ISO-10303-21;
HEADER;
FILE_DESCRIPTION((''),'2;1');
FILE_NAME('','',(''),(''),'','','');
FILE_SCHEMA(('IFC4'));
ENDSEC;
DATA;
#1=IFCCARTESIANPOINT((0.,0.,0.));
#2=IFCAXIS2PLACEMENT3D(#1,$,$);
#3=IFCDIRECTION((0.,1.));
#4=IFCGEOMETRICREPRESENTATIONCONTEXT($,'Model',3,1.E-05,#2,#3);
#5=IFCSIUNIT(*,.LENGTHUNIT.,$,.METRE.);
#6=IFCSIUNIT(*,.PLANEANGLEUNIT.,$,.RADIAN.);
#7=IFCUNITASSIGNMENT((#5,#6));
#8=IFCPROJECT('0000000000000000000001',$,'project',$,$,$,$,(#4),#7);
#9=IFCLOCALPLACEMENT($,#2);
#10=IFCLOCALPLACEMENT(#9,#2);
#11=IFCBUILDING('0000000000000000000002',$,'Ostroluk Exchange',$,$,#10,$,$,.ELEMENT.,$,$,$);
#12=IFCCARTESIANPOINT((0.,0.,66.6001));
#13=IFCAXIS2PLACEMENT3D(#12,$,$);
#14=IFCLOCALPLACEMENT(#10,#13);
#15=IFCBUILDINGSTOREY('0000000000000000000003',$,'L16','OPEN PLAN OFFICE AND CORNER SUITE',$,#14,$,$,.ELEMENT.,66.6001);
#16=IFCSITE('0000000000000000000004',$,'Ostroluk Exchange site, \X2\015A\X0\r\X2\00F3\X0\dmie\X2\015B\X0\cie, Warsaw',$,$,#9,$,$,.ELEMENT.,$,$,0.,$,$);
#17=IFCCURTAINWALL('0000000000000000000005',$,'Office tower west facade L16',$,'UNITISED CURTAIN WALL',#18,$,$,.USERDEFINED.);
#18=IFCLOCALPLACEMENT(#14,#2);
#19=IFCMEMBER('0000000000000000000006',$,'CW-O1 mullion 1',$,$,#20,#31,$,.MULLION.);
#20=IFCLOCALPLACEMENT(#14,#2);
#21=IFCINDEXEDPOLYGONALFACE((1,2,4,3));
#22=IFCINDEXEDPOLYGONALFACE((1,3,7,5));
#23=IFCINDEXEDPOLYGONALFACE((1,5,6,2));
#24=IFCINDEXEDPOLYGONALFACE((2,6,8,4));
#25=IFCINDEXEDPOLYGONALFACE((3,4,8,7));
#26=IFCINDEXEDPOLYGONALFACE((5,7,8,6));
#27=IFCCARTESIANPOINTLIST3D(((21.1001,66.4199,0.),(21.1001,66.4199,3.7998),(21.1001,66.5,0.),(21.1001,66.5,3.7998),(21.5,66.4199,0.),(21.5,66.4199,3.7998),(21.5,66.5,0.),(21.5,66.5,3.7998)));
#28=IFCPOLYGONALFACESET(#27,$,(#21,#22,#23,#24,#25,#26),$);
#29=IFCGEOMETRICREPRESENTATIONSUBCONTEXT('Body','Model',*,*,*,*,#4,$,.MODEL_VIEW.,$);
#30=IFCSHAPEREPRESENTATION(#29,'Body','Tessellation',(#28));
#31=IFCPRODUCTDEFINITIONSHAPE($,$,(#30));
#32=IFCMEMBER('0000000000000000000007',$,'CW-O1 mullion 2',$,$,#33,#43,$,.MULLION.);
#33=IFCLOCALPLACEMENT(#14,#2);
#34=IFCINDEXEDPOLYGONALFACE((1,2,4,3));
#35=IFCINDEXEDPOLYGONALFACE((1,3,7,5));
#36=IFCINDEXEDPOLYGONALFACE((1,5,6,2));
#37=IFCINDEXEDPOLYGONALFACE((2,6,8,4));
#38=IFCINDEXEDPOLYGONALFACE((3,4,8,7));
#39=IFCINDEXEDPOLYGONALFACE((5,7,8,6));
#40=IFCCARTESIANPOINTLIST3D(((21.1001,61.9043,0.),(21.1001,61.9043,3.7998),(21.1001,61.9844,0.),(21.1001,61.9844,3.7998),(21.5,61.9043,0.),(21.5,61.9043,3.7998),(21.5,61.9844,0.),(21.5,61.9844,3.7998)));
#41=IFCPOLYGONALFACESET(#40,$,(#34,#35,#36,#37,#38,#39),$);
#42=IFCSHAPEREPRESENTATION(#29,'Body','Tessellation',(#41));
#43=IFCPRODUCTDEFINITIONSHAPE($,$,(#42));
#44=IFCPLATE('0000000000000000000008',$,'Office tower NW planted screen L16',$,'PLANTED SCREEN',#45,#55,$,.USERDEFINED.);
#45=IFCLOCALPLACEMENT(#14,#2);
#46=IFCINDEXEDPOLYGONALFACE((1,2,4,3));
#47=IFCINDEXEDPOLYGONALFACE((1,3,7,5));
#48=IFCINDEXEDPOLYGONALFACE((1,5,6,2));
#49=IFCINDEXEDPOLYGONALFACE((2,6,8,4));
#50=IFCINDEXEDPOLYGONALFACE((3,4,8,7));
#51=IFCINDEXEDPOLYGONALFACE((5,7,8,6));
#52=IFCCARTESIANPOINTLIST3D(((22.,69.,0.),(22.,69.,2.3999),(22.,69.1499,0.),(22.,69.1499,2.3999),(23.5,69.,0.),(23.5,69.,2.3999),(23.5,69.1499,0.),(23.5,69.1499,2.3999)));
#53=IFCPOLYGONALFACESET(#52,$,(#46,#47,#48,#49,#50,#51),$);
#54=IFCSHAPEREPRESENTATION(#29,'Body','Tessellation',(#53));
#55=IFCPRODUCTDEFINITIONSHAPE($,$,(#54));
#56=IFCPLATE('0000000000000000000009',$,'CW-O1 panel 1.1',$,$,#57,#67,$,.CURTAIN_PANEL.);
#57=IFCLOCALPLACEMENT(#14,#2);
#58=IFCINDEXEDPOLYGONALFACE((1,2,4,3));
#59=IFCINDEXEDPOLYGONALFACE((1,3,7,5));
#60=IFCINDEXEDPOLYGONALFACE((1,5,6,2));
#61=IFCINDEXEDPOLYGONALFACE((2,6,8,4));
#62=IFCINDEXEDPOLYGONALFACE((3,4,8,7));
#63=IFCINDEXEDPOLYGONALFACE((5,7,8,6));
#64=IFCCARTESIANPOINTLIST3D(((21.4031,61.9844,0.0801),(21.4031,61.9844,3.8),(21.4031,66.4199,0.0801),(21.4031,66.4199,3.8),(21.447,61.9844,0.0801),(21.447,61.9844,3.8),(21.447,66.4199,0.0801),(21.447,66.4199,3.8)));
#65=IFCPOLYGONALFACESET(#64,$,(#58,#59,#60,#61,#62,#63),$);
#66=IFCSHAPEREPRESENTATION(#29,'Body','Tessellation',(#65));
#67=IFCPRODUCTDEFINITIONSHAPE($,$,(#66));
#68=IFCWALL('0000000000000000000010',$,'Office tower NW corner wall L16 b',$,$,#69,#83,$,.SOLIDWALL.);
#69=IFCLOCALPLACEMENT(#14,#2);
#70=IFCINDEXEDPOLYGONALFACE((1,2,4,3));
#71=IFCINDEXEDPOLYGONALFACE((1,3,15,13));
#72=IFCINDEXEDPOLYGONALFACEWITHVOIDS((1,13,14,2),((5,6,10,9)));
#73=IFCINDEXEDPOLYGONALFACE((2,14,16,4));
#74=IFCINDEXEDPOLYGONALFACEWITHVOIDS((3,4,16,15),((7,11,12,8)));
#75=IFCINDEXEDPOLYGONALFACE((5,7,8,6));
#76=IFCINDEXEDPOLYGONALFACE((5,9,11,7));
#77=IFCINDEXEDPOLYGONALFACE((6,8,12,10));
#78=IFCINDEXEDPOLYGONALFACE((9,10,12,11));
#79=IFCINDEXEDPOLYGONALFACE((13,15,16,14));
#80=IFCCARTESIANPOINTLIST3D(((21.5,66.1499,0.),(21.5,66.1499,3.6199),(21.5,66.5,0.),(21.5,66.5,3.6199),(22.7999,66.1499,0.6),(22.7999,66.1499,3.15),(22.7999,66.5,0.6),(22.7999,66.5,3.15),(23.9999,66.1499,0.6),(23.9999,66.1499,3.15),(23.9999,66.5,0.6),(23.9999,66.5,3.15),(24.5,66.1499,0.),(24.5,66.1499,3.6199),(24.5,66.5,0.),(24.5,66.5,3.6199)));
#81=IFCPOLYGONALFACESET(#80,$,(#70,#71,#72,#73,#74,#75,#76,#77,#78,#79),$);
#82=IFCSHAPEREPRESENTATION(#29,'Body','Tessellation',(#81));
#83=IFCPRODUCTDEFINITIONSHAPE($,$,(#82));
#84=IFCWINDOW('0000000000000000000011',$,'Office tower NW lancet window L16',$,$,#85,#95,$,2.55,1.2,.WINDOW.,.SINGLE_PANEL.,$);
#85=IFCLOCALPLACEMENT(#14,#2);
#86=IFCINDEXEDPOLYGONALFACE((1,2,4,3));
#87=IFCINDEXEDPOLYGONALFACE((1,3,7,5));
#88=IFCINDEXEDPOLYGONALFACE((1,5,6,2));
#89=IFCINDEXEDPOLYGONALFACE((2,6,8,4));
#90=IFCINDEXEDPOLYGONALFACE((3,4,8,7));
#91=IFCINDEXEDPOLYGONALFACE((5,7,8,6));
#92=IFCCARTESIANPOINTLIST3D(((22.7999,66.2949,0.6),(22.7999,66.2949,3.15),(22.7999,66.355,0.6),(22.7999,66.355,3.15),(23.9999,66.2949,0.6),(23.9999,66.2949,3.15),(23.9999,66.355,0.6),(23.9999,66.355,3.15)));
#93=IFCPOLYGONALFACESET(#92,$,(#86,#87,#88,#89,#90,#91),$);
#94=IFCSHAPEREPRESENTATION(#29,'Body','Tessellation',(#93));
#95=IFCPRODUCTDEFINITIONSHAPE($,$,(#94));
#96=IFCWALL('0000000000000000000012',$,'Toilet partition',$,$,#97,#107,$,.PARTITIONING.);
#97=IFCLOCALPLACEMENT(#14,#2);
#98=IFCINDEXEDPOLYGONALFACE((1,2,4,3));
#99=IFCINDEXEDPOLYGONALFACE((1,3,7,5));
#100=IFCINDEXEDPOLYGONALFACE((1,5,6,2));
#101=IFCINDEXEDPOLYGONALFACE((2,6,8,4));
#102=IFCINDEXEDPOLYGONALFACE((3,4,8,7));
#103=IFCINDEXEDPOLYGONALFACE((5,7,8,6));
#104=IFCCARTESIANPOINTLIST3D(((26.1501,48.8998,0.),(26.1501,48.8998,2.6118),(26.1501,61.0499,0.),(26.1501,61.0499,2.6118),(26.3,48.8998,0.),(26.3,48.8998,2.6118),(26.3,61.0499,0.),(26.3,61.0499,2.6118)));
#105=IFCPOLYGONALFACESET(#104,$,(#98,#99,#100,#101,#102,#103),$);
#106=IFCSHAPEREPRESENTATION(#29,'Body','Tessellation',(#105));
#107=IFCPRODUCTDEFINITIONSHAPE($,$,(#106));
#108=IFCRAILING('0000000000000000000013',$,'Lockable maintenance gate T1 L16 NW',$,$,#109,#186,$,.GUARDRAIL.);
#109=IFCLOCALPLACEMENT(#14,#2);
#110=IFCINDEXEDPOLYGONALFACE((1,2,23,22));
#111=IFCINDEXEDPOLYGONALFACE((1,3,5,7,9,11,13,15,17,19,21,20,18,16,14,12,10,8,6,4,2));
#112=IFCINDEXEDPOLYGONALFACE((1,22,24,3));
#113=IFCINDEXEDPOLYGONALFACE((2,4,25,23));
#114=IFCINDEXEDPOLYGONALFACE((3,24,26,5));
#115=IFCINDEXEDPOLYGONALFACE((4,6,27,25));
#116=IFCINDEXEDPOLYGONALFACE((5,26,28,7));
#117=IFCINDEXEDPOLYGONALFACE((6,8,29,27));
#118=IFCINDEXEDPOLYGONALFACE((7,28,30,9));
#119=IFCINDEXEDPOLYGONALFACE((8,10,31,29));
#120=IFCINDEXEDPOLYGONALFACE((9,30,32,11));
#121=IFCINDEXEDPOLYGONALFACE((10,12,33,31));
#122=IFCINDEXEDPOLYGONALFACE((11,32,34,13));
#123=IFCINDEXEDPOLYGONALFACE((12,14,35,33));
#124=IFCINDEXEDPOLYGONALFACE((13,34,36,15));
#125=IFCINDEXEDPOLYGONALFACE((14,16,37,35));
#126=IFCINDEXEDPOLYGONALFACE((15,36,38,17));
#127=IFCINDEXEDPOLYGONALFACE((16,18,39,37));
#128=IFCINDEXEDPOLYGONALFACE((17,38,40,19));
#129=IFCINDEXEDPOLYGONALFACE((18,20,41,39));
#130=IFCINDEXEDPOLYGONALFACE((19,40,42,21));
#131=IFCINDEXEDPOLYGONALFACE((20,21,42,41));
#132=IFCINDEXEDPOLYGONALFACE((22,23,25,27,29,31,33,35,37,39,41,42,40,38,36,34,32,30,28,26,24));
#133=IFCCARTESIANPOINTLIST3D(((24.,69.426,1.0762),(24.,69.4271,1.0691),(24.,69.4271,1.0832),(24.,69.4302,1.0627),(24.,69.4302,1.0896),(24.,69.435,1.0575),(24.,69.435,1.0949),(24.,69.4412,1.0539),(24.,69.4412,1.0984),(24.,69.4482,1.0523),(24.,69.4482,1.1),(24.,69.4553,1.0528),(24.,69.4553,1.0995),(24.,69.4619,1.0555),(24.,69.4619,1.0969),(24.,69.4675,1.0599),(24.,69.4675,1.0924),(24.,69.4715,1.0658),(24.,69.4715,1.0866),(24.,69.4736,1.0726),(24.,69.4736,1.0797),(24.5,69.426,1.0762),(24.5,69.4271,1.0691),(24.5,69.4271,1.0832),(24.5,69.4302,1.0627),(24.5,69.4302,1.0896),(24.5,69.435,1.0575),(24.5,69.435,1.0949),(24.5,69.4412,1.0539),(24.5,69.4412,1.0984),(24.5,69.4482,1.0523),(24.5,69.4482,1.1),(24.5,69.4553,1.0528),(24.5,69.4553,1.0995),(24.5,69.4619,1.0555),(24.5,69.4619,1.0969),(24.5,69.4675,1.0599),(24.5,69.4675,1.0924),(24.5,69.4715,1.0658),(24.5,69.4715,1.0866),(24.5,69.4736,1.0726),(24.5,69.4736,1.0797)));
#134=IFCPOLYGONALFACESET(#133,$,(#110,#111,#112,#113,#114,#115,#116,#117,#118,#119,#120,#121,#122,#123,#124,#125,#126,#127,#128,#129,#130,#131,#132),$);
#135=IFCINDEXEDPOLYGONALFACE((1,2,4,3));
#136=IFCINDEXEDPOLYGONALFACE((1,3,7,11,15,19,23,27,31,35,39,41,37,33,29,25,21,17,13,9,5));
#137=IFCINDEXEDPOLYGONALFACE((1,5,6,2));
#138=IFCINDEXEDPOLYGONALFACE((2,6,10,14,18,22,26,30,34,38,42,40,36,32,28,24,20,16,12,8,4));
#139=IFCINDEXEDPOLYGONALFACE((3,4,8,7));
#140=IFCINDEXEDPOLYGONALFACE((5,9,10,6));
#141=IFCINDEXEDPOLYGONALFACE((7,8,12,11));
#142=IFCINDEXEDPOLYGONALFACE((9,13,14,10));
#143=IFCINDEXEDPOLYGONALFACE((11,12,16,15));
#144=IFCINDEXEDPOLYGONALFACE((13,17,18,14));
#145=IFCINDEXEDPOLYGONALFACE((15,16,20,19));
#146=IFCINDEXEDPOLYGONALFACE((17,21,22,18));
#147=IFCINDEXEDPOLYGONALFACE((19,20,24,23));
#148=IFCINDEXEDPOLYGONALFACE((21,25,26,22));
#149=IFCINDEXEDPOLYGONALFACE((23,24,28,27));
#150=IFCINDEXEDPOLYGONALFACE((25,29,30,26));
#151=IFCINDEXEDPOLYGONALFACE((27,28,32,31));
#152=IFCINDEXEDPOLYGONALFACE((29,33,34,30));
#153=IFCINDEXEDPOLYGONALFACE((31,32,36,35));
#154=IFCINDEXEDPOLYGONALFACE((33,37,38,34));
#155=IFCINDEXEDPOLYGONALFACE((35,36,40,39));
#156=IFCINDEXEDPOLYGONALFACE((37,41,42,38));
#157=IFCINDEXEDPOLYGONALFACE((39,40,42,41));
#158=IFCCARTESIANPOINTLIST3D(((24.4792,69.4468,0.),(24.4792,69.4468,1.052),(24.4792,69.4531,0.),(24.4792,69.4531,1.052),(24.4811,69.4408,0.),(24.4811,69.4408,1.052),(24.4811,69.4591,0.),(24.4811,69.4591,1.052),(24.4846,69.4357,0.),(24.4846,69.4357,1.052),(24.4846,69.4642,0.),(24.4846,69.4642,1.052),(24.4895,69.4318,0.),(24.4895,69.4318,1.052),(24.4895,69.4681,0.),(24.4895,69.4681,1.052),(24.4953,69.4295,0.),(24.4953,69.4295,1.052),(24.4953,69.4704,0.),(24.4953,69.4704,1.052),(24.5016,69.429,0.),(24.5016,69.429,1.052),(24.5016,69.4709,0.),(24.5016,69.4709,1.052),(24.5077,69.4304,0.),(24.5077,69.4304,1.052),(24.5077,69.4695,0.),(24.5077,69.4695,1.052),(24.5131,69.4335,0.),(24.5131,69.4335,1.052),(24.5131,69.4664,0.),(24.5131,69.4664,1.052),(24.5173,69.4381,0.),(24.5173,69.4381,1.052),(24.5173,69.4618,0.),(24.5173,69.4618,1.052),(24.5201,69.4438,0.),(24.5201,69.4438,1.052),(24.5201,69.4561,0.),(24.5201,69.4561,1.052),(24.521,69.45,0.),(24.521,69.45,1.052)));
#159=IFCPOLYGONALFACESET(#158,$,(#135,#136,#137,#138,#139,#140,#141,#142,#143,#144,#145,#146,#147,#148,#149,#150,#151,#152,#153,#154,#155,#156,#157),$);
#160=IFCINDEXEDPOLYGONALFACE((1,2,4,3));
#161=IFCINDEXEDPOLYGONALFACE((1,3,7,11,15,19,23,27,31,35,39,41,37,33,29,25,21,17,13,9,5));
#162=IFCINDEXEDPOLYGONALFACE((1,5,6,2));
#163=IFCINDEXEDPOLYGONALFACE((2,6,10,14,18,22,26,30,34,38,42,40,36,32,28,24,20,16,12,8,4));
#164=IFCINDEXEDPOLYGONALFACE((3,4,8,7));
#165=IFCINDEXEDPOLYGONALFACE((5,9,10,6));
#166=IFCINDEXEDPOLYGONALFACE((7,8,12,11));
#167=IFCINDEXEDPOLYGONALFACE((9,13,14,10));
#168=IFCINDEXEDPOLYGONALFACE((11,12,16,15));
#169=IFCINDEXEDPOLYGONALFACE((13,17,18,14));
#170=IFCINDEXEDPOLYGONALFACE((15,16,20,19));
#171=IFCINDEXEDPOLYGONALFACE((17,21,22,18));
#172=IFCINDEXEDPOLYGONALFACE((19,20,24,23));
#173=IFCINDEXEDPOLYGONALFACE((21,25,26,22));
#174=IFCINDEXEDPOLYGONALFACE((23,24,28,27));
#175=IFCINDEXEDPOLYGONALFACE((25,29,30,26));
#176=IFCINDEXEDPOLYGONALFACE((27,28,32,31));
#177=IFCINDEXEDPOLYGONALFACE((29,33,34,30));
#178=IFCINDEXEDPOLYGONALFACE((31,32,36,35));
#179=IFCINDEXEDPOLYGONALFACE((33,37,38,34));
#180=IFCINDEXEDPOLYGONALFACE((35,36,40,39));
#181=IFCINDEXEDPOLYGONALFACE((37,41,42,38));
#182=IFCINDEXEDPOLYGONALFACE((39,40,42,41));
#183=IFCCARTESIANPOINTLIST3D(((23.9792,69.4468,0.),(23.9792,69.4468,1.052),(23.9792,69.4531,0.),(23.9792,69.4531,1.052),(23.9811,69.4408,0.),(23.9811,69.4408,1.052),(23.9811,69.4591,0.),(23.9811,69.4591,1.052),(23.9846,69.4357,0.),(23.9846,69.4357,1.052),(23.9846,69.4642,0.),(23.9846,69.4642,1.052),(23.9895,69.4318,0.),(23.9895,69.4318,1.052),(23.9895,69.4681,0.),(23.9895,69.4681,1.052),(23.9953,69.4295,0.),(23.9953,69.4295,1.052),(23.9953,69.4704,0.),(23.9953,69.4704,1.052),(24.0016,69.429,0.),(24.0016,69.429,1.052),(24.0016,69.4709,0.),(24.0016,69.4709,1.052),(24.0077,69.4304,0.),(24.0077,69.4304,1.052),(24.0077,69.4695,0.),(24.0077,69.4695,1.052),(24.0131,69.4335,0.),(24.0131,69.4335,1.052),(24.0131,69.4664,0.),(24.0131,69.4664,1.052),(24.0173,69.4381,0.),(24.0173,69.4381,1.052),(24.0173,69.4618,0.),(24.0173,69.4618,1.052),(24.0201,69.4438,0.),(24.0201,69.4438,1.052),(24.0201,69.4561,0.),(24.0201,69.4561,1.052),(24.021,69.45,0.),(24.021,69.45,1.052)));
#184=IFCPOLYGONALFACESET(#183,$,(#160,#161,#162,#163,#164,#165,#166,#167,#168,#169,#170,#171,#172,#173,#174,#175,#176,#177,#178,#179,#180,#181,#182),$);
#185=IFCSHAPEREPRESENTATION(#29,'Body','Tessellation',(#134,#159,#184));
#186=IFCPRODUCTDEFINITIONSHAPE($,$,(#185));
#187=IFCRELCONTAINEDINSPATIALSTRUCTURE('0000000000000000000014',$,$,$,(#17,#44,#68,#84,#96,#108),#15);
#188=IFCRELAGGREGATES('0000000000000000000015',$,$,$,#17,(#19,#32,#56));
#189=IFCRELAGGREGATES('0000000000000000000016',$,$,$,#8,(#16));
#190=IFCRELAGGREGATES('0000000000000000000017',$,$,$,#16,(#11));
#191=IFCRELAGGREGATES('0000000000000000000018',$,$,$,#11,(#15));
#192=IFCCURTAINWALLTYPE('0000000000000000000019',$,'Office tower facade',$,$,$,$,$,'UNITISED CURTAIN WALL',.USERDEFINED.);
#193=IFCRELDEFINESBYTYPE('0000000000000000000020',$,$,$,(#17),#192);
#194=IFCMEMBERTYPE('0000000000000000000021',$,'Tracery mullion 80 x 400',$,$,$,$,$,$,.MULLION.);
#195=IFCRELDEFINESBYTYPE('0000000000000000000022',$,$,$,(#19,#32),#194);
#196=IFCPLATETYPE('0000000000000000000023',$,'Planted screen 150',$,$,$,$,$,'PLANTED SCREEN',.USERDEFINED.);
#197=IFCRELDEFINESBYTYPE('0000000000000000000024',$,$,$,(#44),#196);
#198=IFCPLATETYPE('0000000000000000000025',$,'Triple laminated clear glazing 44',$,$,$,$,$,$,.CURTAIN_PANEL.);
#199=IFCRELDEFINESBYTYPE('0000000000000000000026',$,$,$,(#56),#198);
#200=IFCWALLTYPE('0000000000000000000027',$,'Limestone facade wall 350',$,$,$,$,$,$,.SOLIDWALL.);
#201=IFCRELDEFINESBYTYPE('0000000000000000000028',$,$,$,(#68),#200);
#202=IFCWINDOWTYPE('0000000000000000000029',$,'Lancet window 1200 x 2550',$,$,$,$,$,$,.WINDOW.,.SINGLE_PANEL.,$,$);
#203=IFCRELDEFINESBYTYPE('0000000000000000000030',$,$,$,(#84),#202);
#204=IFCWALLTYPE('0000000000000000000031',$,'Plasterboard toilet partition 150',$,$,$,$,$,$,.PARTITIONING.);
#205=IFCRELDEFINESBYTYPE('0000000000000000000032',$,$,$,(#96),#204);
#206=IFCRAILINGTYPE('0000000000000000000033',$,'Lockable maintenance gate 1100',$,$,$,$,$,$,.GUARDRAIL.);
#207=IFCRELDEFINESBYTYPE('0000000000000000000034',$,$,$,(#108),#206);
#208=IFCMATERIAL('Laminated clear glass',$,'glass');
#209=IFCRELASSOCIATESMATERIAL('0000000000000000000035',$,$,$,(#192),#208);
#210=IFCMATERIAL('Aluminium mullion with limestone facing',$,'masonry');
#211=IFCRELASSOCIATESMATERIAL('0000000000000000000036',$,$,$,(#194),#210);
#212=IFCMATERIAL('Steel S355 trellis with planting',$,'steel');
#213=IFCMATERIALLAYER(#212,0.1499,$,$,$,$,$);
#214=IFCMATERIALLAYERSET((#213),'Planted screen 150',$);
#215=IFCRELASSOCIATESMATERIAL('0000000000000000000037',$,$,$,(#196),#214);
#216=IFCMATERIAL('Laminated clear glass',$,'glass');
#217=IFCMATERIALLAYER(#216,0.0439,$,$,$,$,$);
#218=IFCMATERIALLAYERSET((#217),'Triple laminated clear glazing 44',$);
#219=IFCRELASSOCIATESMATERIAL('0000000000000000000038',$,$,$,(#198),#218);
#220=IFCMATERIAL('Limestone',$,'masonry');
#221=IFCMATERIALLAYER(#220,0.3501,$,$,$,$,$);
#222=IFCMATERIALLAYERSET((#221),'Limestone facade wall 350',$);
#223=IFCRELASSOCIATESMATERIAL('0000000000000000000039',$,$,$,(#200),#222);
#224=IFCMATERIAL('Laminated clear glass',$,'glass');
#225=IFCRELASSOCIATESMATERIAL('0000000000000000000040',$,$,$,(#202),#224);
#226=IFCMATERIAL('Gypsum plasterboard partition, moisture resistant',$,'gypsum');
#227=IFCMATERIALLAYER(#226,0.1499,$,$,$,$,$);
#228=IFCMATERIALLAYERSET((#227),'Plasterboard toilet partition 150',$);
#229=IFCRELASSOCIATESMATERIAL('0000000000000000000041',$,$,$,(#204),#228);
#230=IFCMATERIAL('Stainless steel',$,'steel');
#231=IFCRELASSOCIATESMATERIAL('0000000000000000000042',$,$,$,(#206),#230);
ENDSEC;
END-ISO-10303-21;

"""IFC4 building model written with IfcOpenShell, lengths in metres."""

from ifc_helpers import new_model, si_unit, direction, frame, frame_2d, origin, origin_2d, place, context, subcontext, project, spatial, rectangle, circle, extrude, material, layer, layer_set, material_profile, profile_set, type_object, element, fill, aggregate, save


model = new_model("IFC4")

# Units and contexts
model_context = context("Model", 3, precision=1e-05, world=origin(), true_north=direction((0.0, 1.0)))
body_context = subcontext(model_context, "Body", "Model", "MODEL_VIEW")
ifc_project = project(units=[si_unit("LENGTHUNIT", "METRE"), si_unit("PLANEANGLEUNIT", "RADIAN")], contexts=[model_context])

# Site, building, storey
site_placement = place(None, origin())
site = spatial("IfcSite", under=ifc_project, at=site_placement, Name="Ostroluk Exchange site, Śródmieście, Warsaw", CompositionType="ELEMENT", RefElevation=0.0)
building_placement = place(site_placement, origin())
building = spatial("IfcBuilding", under=site, at=building_placement, Name="Ostroluk Exchange", CompositionType="ELEMENT")
storey_placement = place(building_placement, frame((0.0, 0.0, 66.6001)))
storey = spatial("IfcBuildingStorey", under=building, at=storey_placement, Name="L16", Description="OPEN PLAN OFFICE AND CORNER SUITE", CompositionType="ELEMENT", Elevation=66.6001)

# Curtain wall
ifc_material_1 = material(Name="Laminated clear glass", Category="glass")
curtain_wall_type = type_object("IfcCurtainWallType", Name="Office tower facade", ElementType="UNITISED CURTAIN WALL", PredefinedType="USERDEFINED", material=ifc_material_1)
curtain_wall_1_placement = place(storey_placement, origin())
curtain_wall_1 = element("IfcCurtainWall", 1, at=curtain_wall_1_placement, inside=storey, type_object=curtain_wall_type, Name="Office tower west facade L16", ObjectType="UNITISED CURTAIN WALL", PredefinedType="USERDEFINED")

# Shared definitions
ifc_material_2 = material(Name="Aluminium mullion with limestone facing", Category="masonry")
ifc_material_profile_1 = material_profile(ifc_material_2, rectangle(XDim=0.3999, YDim=0.0801, at=origin_2d()), Name="Tracery mullion 80 x 400")
ifc_profile_set_1 = profile_set([ifc_material_profile_1], Name="Aluminium mullion with limestone facing")
member_type_1 = type_object("IfcMemberType", Name="Tracery mullion 80 x 400", PredefinedType="MULLION", material=ifc_profile_set_1)

# Members
member_1_placement = place(storey_placement, frame((21.3, 66.46, 0.0), z_axis=(0.0, 0.0, 1.0), x_axis=(1.0, 0.0, 0.0)))
member_1 = element("IfcMember", 2, at=member_1_placement, type_object=member_type_1, Name="CW-O1 mullion 1", PredefinedType="MULLION", context=body_context, shape_type="SweptSolid", body=[
    extrude(rectangle(XDim=0.3999, YDim=0.0801, at=origin_2d()), origin(), (0.0, 0.0, 1.0), 3.7998),
])
member_2_placement = place(storey_placement, frame((21.3, 61.9443, 0.0), z_axis=(0.0, 0.0, 1.0), x_axis=(1.0, 0.0, 0.0)))
member_2 = element("IfcMember", 3, at=member_2_placement, type_object=member_type_1, Name="CW-O1 mullion 2", PredefinedType="MULLION", context=body_context, shape_type="SweptSolid", body=[
    extrude(rectangle(XDim=0.3999, YDim=0.0801, at=origin_2d()), origin(), (0.0, 0.0, 1.0), 3.7998),
])

# Plates
ifc_material_3 = material(Name="Steel S355 trellis with planting", Category="steel")
ifc_layer_1 = layer(ifc_material_3, 0.1499)
ifc_layer_set_1 = layer_set([ifc_layer_1], Name="Planted screen 150")
plate_type_1 = type_object("IfcPlateType", Name="Planted screen 150", ElementType="PLANTED SCREEN", PredefinedType="USERDEFINED", material=ifc_layer_set_1)
plate_1_placement = place(storey_placement, frame((22.75, 69.075, 0.0), z_axis=(0.0, 0.0, 1.0), x_axis=(1.0, 0.0, 0.0)))
element("IfcPlate", 4, at=plate_1_placement, inside=storey, type_object=plate_type_1, Name="Office tower NW planted screen L16", ObjectType="PLANTED SCREEN", PredefinedType="USERDEFINED", context=body_context, shape_type="SweptSolid", body=[
    extrude(rectangle(XDim=1.5, YDim=0.1499, at=origin_2d()), origin(), (0.0, 0.0, 1.0), 2.3999),
])
ifc_material_4 = material(Name="Laminated clear glass", Category="glass")
ifc_layer_2 = layer(ifc_material_4, 0.0439)
ifc_layer_set_2 = layer_set([ifc_layer_2], Name="Triple laminated clear glazing 44")
plate_type_2 = type_object("IfcPlateType", Name="Triple laminated clear glazing 44", PredefinedType="CURTAIN_PANEL", material=ifc_layer_set_2)
plate_2_placement = place(storey_placement, frame((21.425, 64.2021, 0.0801), z_axis=(0.0, 0.0, 1.0), x_axis=(0.0, -1.0, 0.0)))
plate_2 = element("IfcPlate", 5, at=plate_2_placement, type_object=plate_type_2, Name="CW-O1 panel 1.1", PredefinedType="CURTAIN_PANEL", context=body_context, shape_type="SweptSolid", body=[
    extrude(rectangle(XDim=4.4355, YDim=0.0439, at=origin_2d()), origin(), (0.0, 0.0, 1.0), 3.72),
])
aggregate(curtain_wall_1, [member_1, member_2, plate_2])

# Shared definitions
ifc_material_5 = material(Name="Limestone", Category="masonry")
ifc_layer_3 = layer(ifc_material_5, 0.3501)
ifc_layer_set_3 = layer_set([ifc_layer_3], Name="Limestone facade wall 350")
wall_type_1 = type_object("IfcWallType", Name="Limestone facade wall 350", PredefinedType="SOLIDWALL", material=ifc_layer_set_3)

# Wall, opening, window
wall_1_placement = place(storey_placement, frame((24.5, 66.325, 0.0), z_axis=(0.0, 0.0, 1.0), x_axis=(-1.0, 0.0, 0.0)))
wall_1 = element("IfcWall", 6, at=wall_1_placement, inside=storey, type_object=wall_type_1, Name="Office tower NW corner wall L16 b", PredefinedType="SOLIDWALL", context=body_context, shape_type="SweptSolid", body=[
    extrude(rectangle(XDim=3.0, YDim=0.3501, at=frame_2d((1.5, 0.0))), origin(), (0.0, 0.0, 1.0), 3.6199),
])
opening_1_placement = place(wall_1_placement, frame((0.5, 0.0, 0.6001)))
opening_1 = element("IfcOpeningElement", 7, at=opening_1_placement, cuts=wall_1, PredefinedType="OPENING", context=body_context, shape_type="SweptSolid", body=[
    extrude(rectangle(XDim=1.2, YDim=2.55, at=frame_2d((0.6001, 1.2749))), frame((0.0, 0.1851, 0.0), z_axis=(0.0, -1.0, 0.0), x_axis=(1.0, 0.0, 0.0)), (0.0, 0.0, 1.0), 0.3701),
])
ifc_material_6 = material(Name="Laminated clear glass", Category="glass")
window_type = type_object("IfcWindowType", Name="Lancet window 1200 x 2550", PartitioningType="SINGLE_PANEL", PredefinedType="WINDOW", material=ifc_material_6)
window_placement = place(opening_1_placement, origin())
window = element("IfcWindow", 8, at=window_placement, inside=storey, type_object=window_type, Name="Office tower NW lancet window L16", OverallHeight=2.55, OverallWidth=1.2, PartitioningType="SINGLE_PANEL", PredefinedType="WINDOW", context=body_context, shape_type="SweptSolid", body=[
    extrude(rectangle(XDim=1.2, YDim=2.55, at=frame_2d((0.6001, 1.2749))), frame((0.0, 0.03, 0.0), z_axis=(0.0, -1.0, 0.0), x_axis=(1.0, 0.0, 0.0)), (0.0, 0.0, 1.0), 0.0601),
])
fill(opening_1, window)

# Wall
ifc_material_7 = material(Name="Gypsum plasterboard partition, moisture resistant", Category="gypsum")
ifc_layer_4 = layer(ifc_material_7, 0.1499)
ifc_layer_set_4 = layer_set([ifc_layer_4], Name="Plasterboard toilet partition 150")
wall_type_2 = type_object("IfcWallType", Name="Plasterboard toilet partition 150", PredefinedType="PARTITIONING", material=ifc_layer_set_4)
wall_2_placement = place(storey_placement, frame((26.2251, 61.05, 0.0), z_axis=(0.0, 0.0, 1.0), x_axis=(0.0, -1.0, 0.0)))
element("IfcWall", 9, at=wall_2_placement, inside=storey, type_object=wall_type_2, Name="Toilet partition", PredefinedType="PARTITIONING", context=body_context, shape_type="SweptSolid", body=[
    extrude(rectangle(XDim=12.1501, YDim=0.1499, at=frame_2d((6.0752, 0.0))), origin(), (0.0, 0.0, 1.0), 2.6118),
])

# Railing
ifc_material_8 = material(Name="Stainless steel", Category="steel")
railing_type_1 = type_object("IfcRailingType", Name="Lockable maintenance gate 1100", PredefinedType="GUARDRAIL", material=ifc_material_8)
railing_1_placement = place(storey_placement, frame((24.5, 69.45, 0.0)))
element("IfcRailing", 10, at=railing_1_placement, inside=storey, type_object=railing_type_1, Name="Lockable maintenance gate T1 L16 NW", PredefinedType="GUARDRAIL", context=body_context, shape_type="SweptSolid", body=[
    extrude(circle(Radius=0.0239, at=origin_2d()), frame((0.0, 0.0, 1.0762), z_axis=(-1.0, 0.0, 0.0), x_axis=(0.0, -1.0, 0.0)), (0.0, 0.0, 1.0), 0.5),
    extrude(circle(Radius=0.021, at=origin_2d()), origin(), (0.0, 0.0, 1.0), 1.052),
    extrude(circle(Radius=0.021, at=origin_2d()), frame((-0.5, 0.0, 0.0)), (0.0, 0.0, 1.0), 1.052),
])

save(model, "model.ifc")
